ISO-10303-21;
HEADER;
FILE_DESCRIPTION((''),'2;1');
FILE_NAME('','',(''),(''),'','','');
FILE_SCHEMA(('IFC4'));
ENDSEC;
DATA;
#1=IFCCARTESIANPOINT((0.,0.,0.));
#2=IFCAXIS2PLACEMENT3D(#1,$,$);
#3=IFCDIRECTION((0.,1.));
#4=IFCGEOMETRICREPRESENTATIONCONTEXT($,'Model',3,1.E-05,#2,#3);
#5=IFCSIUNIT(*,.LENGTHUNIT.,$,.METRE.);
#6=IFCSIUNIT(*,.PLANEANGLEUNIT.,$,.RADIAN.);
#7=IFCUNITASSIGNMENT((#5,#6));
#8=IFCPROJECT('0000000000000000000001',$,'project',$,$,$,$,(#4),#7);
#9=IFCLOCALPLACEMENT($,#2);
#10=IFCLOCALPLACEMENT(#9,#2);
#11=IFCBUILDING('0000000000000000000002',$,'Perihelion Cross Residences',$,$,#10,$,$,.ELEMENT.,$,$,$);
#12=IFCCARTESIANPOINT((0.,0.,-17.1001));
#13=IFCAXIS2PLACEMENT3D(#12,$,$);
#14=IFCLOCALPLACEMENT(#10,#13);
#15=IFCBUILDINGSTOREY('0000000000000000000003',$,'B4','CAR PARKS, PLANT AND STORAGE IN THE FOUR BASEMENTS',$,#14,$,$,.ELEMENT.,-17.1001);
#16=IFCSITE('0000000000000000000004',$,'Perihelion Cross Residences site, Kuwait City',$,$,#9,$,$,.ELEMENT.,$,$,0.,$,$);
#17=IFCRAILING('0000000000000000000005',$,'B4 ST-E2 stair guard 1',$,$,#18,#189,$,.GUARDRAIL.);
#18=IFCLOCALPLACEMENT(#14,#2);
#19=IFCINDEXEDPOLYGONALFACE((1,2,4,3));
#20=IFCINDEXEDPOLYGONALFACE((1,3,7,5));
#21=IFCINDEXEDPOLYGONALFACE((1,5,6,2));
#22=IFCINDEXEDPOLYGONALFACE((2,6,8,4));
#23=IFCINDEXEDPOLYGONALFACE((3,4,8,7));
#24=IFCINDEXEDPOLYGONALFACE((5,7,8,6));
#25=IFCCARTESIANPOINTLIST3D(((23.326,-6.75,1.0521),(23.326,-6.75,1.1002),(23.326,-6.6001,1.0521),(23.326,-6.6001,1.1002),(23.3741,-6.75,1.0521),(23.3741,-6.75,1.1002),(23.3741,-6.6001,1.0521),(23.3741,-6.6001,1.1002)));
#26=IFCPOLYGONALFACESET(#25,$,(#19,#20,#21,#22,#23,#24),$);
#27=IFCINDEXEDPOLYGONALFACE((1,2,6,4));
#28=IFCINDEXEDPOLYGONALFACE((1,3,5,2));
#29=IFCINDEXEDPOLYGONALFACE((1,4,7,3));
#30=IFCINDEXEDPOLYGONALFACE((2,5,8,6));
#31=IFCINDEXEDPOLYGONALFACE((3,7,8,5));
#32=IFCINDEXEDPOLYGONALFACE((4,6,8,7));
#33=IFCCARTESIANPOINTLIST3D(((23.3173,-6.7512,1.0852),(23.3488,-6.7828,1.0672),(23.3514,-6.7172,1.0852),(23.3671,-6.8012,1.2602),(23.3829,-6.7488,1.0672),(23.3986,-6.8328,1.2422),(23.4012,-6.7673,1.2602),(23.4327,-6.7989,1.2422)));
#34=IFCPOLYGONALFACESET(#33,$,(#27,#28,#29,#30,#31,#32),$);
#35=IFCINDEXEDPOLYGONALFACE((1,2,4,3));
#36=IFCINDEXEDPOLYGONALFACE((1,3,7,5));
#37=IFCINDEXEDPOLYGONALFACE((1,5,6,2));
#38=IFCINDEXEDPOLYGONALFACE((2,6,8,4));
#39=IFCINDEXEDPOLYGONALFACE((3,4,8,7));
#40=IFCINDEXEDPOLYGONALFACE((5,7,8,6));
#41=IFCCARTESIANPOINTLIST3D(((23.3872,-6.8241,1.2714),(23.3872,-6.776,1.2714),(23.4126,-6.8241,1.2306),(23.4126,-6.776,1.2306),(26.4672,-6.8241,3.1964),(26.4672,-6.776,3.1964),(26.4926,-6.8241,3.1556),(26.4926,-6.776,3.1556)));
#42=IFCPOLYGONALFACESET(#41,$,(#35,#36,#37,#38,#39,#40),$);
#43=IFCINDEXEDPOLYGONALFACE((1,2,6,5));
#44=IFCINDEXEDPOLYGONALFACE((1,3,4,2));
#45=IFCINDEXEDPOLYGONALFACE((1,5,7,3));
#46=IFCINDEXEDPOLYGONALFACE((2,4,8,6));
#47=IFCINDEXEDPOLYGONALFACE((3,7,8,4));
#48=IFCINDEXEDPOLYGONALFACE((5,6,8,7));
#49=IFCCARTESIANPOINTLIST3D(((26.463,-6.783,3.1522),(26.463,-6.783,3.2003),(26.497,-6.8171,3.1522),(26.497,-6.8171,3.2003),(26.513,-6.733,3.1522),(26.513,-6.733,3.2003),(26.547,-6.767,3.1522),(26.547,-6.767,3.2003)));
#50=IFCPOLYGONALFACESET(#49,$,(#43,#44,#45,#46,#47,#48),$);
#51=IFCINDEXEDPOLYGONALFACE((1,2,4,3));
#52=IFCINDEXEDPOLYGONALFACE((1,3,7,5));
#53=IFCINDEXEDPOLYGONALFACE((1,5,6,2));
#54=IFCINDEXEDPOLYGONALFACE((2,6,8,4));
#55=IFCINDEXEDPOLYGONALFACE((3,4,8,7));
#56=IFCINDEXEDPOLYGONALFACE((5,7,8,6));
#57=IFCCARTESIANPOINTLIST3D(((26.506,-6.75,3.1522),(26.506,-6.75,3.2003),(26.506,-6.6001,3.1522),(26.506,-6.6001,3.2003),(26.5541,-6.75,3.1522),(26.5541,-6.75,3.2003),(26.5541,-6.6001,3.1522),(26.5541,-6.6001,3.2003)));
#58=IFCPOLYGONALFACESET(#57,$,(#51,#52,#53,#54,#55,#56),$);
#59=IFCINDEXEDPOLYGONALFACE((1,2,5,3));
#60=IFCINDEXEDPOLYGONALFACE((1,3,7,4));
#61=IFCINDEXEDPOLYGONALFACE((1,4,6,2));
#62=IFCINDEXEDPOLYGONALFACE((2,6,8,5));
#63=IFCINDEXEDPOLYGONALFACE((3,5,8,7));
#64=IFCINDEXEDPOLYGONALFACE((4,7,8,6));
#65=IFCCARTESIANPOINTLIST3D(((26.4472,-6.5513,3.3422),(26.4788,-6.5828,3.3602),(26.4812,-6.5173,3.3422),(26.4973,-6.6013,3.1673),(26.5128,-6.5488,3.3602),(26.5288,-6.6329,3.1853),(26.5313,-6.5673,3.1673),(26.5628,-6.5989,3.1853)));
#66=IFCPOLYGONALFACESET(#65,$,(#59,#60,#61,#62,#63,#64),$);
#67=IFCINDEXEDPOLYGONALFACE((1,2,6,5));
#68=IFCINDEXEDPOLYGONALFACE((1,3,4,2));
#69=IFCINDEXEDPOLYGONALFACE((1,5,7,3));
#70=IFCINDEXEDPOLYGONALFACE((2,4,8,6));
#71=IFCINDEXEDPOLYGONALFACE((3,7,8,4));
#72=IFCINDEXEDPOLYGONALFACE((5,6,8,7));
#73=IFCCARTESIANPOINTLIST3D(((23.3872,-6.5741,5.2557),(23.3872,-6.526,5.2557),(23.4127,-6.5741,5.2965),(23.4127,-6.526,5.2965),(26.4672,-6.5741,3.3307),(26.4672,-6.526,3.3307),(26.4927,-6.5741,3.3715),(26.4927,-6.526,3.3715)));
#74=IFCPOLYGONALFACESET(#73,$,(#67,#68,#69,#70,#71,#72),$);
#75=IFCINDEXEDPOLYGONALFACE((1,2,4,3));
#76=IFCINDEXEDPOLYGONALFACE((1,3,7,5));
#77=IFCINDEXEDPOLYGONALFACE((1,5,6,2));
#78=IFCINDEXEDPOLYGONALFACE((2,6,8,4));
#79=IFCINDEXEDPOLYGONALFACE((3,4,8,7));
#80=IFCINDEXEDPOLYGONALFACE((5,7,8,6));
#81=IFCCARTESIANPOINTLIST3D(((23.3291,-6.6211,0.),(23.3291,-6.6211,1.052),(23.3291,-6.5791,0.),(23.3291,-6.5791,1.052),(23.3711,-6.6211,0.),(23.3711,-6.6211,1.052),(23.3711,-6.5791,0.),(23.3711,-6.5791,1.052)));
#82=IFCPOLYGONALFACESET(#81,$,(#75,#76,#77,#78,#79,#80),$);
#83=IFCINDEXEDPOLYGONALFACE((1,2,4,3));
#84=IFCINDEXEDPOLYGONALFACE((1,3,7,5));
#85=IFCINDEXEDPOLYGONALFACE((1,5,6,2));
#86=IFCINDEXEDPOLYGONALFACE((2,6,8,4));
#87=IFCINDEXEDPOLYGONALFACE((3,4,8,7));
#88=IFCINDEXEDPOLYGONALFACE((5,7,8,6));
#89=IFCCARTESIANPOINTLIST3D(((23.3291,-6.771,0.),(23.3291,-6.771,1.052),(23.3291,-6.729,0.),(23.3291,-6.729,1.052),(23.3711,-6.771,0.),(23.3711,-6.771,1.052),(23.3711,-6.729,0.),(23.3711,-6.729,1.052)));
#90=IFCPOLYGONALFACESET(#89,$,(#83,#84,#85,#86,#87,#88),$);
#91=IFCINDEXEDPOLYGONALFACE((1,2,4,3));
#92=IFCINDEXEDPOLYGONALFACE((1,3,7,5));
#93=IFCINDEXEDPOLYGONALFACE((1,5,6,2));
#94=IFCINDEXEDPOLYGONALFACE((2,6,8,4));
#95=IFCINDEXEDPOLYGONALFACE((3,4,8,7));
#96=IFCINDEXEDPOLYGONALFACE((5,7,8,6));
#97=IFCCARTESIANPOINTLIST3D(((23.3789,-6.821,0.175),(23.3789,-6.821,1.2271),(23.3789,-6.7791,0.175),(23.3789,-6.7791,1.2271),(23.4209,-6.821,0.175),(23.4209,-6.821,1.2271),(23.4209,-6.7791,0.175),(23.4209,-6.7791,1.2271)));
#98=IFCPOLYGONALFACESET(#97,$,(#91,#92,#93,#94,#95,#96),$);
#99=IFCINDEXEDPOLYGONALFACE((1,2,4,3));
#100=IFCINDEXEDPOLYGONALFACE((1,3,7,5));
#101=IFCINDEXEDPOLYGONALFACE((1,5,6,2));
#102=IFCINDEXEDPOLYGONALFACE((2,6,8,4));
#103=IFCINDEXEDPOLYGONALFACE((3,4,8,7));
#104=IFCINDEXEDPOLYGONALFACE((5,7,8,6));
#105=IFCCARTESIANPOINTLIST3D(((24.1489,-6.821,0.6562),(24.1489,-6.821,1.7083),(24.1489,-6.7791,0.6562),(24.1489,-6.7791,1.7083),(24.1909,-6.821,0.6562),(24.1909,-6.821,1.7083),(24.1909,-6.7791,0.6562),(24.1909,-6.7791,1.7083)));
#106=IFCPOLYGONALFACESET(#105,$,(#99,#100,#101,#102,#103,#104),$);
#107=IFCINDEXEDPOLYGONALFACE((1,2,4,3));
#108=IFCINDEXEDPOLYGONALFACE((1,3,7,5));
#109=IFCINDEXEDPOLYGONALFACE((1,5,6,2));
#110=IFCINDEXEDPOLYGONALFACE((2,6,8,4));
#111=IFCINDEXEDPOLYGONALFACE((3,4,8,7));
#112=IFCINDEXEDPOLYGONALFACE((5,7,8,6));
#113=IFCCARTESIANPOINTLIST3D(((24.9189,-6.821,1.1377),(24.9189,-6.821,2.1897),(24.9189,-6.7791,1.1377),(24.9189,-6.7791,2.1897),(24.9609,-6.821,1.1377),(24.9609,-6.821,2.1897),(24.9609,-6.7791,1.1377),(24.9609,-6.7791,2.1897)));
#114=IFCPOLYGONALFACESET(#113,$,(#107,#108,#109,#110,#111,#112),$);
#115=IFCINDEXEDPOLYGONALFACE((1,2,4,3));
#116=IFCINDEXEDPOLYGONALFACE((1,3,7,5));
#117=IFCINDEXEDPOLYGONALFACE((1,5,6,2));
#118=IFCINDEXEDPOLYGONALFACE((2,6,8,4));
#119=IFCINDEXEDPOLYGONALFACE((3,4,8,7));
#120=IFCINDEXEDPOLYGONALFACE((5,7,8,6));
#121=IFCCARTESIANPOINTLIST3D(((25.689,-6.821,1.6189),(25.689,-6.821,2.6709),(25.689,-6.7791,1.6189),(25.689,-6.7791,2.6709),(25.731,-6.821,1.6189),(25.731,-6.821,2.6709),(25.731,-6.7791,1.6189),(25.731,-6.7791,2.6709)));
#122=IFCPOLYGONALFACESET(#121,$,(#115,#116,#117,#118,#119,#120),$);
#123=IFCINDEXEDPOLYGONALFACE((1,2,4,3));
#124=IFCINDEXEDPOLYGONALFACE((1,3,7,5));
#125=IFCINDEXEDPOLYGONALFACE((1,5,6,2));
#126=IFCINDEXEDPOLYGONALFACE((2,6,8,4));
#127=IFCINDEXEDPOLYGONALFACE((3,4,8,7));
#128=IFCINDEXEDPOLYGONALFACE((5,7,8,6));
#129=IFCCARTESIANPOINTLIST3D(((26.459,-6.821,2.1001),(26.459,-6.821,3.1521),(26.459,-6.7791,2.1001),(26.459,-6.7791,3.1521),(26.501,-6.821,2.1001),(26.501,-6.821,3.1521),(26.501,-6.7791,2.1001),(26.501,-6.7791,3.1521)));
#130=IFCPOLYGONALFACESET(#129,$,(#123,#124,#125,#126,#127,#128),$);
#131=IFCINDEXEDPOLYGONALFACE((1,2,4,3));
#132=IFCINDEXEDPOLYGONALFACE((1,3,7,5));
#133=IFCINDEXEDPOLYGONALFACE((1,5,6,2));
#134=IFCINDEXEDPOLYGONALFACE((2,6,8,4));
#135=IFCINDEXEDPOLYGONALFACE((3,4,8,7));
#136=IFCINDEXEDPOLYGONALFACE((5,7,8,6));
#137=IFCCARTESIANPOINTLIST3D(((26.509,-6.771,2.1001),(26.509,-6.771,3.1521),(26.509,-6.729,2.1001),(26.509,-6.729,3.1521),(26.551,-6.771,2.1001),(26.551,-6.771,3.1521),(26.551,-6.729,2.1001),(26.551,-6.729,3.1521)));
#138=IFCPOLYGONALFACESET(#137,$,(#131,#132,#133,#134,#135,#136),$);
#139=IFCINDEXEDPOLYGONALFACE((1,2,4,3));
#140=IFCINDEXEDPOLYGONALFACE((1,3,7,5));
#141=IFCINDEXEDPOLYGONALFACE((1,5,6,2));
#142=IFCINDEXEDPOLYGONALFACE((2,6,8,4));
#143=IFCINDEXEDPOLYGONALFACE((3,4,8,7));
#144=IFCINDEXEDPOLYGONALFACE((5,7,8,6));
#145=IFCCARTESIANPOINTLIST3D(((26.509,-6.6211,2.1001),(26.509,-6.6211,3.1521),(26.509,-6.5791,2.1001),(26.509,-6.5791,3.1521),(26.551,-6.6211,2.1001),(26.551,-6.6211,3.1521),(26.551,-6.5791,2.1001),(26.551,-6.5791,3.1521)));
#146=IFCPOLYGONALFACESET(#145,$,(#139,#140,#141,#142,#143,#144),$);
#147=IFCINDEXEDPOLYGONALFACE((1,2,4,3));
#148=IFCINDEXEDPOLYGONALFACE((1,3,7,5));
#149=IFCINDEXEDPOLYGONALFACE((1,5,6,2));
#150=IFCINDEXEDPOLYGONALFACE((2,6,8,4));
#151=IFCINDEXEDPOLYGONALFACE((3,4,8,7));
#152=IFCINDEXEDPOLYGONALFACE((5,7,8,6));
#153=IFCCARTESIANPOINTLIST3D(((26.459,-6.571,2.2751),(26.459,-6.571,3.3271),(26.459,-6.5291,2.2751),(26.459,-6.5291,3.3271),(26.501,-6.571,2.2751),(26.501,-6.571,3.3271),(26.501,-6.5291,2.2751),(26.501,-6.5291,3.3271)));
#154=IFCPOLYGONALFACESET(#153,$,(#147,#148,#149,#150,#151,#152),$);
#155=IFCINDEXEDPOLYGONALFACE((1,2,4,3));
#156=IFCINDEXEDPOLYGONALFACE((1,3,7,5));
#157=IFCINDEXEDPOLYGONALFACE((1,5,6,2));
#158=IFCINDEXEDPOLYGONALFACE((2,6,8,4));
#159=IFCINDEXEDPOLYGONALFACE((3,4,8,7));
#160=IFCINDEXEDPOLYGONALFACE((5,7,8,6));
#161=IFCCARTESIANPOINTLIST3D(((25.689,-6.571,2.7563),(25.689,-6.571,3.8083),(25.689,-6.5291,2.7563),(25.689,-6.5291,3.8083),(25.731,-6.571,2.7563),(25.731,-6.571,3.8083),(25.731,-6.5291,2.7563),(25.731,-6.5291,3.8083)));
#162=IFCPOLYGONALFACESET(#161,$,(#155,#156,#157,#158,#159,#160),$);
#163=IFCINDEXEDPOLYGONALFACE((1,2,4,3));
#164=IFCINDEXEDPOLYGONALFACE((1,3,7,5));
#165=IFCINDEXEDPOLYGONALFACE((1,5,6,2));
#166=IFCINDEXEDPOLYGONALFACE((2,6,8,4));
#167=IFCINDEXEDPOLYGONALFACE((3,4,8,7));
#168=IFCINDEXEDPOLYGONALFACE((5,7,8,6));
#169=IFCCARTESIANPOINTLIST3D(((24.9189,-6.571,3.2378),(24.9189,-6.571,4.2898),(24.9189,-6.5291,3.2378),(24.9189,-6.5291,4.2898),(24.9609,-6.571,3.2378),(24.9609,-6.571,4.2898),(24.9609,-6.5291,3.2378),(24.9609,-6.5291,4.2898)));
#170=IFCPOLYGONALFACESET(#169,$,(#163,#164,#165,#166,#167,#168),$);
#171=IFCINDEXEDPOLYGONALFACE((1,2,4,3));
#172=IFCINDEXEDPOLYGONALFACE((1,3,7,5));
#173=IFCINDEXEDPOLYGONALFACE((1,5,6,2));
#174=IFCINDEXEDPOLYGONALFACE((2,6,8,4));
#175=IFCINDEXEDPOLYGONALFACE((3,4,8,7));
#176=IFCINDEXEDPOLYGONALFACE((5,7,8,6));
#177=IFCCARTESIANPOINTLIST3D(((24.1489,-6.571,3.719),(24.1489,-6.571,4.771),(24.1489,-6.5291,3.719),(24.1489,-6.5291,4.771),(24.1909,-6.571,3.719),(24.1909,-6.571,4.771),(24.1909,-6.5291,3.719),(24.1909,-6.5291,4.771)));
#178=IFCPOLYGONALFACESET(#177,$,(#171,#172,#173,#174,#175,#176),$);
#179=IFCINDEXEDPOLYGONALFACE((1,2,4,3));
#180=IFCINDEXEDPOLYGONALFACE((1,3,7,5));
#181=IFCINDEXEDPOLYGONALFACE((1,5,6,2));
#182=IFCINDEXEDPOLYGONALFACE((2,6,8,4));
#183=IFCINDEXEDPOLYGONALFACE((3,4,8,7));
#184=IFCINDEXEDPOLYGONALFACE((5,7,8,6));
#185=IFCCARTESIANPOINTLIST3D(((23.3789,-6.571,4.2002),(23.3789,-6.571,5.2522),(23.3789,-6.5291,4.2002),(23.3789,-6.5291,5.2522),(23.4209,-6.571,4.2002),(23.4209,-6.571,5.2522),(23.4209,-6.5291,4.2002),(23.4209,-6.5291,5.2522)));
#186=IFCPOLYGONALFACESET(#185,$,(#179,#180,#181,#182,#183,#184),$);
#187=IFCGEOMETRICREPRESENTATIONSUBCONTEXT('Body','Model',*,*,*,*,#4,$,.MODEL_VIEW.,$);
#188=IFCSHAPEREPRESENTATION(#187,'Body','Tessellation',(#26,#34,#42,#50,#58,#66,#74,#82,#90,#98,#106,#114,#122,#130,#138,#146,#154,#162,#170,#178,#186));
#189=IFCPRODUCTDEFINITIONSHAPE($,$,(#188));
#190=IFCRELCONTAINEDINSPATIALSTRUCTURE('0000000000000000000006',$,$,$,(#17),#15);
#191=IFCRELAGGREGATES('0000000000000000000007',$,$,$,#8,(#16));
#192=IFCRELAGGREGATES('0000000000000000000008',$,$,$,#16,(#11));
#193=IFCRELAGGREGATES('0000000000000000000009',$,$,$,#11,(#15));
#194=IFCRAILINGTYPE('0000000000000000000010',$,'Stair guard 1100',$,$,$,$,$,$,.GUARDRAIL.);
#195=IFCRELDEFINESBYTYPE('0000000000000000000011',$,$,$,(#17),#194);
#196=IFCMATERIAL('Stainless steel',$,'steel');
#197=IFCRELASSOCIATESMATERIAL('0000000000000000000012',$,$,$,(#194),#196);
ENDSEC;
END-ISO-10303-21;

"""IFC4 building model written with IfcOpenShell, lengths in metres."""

from ifc_helpers import new_model, si_unit, direction, frame, origin, origin_2d, place, context, subcontext, project, spatial, rectangle, extrude, material, type_object, element, save


model = new_model("IFC4")

# Units and contexts
model_context = context("Model", 3, precision=1e-05, world=origin(), true_north=direction((0.0, 1.0)))
body_context = subcontext(model_context, "Body", "Model", "MODEL_VIEW")
ifc_project = project(units=[si_unit("LENGTHUNIT", "METRE"), si_unit("PLANEANGLEUNIT", "RADIAN")], contexts=[model_context])

# Site, building, storey
site_placement = place(None, origin())
site = spatial("IfcSite", under=ifc_project, at=site_placement, Name="Perihelion Cross Residences site, Kuwait City", CompositionType="ELEMENT", RefElevation=0.0)
building_placement = place(site_placement, origin())
building = spatial("IfcBuilding", under=site, at=building_placement, Name="Perihelion Cross Residences", CompositionType="ELEMENT")
storey_placement = place(building_placement, frame((0.0, 0.0, -17.1001)))
storey = spatial("IfcBuildingStorey", under=building, at=storey_placement, Name="B4", Description="CAR PARKS, PLANT AND STORAGE IN THE FOUR BASEMENTS", CompositionType="ELEMENT", Elevation=-17.1001)

# Railing
ifc_material_1 = material(Name="Stainless steel", Category="steel")
railing_type_1 = type_object("IfcRailingType", Name="Stair guard 1100", PredefinedType="GUARDRAIL", material=ifc_material_1)
railing_1_placement = place(storey_placement, frame((23.3501, -6.6001, 0.0)))
element("IfcRailing", 1, at=railing_1_placement, inside=storey, type_object=railing_type_1, Name="B4 ST-E2 stair guard 1", PredefinedType="GUARDRAIL", context=body_context, shape_type="SweptSolid", body=[
    extrude(rectangle(XDim=0.0481, YDim=0.0481, at=origin_2d()), frame((0.0, 0.0, 1.0762), z_axis=(0.0, -1.0, 0.0), x_axis=(1.0, 0.0, 0.0)), (0.0, 0.0, 1.0), 0.1499),
    extrude(rectangle(XDim=0.0481, YDim=0.0481, at=origin_2d()), frame((0.0, -0.1499, 1.0762), z_axis=(0.263862, -0.265156, 0.927399), x_axis=(0.708834, 0.705376, 0.0)), (0.0, 0.0, 1.0), 0.1887),
    extrude(rectangle(XDim=0.0481, YDim=0.0481, at=origin_2d()), frame((0.0498, -0.2, 1.251), z_axis=(0.847998, 0.0, 0.529999), x_axis=(0.0, 1.0, 0.0)), (0.0, 0.0, 1.0), 3.6321),
    extrude(rectangle(XDim=0.0481, YDim=0.0481, at=origin_2d()), frame((3.1299, -0.2, 3.1763), z_axis=(0.707107, 0.707107, 0.0), x_axis=(-0.707107, 0.707107, 0.0)), (0.0, 0.0, 1.0), 0.0708),
    extrude(rectangle(XDim=0.0481, YDim=0.0481, at=origin_2d()), frame((3.1799, -0.1499, 3.1763), z_axis=(0.0, 1.0, 0.0), x_axis=(-1.0, 0.0, 0.0)), (0.0, 0.0, 1.0), 0.1499),
    extrude(rectangle(XDim=0.0481, YDim=0.0481, at=origin_2d()), frame((3.1799, 0.0, 3.1763), z_axis=(-0.265065, 0.265065, 0.927082), x_axis=(-0.707107, -0.707107, 0.0)), (0.0, 0.0, 1.0), 0.1887),
    extrude(rectangle(XDim=0.0481, YDim=0.0481, at=origin_2d()), frame((3.1299, 0.05, 3.3511), z_axis=(-0.847998, 0.0, 0.529999), x_axis=(0.0, -1.0, 0.0)), (0.0, 0.0, 1.0), 3.6321),
    extrude(rectangle(XDim=0.042, YDim=0.042, at=origin_2d()), origin(), (0.0, 0.0, 1.0), 1.052),
    extrude(rectangle(XDim=0.042, YDim=0.042, at=origin_2d()), frame((0.0, -0.1499, 0.0)), (0.0, 0.0, 1.0), 1.052),
    extrude(rectangle(XDim=0.042, YDim=0.042, at=origin_2d()), frame((0.0498, -0.2, 0.175)), (0.0, 0.0, 1.0), 1.052),
    extrude(rectangle(XDim=0.042, YDim=0.042, at=origin_2d()), frame((0.8198, -0.2, 0.6562)), (0.0, 0.0, 1.0), 1.052),
    extrude(rectangle(XDim=0.042, YDim=0.042, at=origin_2d()), frame((1.5898, -0.2, 1.1377)), (0.0, 0.0, 1.0), 1.052),
    extrude(rectangle(XDim=0.042, YDim=0.042, at=origin_2d()), frame((2.3599, -0.2, 1.6189)), (0.0, 0.0, 1.0), 1.052),
    extrude(rectangle(XDim=0.042, YDim=0.042, at=origin_2d()), frame((3.1299, -0.2, 2.1001)), (0.0, 0.0, 1.0), 1.052),
    extrude(rectangle(XDim=0.042, YDim=0.042, at=origin_2d()), frame((3.1799, -0.1499, 2.1001)), (0.0, 0.0, 1.0), 1.052),
    extrude(rectangle(XDim=0.042, YDim=0.042, at=origin_2d()), frame((3.1799, 0.0, 2.1001)), (0.0, 0.0, 1.0), 1.052),
    extrude(rectangle(XDim=0.042, YDim=0.042, at=origin_2d()), frame((3.1299, 0.05, 2.2751)), (0.0, 0.0, 1.0), 1.052),
    extrude(rectangle(XDim=0.042, YDim=0.042, at=origin_2d()), frame((2.3599, 0.05, 2.7563)), (0.0, 0.0, 1.0), 1.052),
    extrude(rectangle(XDim=0.042, YDim=0.042, at=origin_2d()), frame((1.5898, 0.05, 3.2378)), (0.0, 0.0, 1.0), 1.052),
    extrude(rectangle(XDim=0.042, YDim=0.042, at=origin_2d()), frame((0.8198, 0.05, 3.719)), (0.0, 0.0, 1.0), 1.052),
    extrude(rectangle(XDim=0.042, YDim=0.042, at=origin_2d()), frame((0.0498, 0.05, 4.2002)), (0.0, 0.0, 1.0), 1.052),
])

save(model, "model.ifc")
